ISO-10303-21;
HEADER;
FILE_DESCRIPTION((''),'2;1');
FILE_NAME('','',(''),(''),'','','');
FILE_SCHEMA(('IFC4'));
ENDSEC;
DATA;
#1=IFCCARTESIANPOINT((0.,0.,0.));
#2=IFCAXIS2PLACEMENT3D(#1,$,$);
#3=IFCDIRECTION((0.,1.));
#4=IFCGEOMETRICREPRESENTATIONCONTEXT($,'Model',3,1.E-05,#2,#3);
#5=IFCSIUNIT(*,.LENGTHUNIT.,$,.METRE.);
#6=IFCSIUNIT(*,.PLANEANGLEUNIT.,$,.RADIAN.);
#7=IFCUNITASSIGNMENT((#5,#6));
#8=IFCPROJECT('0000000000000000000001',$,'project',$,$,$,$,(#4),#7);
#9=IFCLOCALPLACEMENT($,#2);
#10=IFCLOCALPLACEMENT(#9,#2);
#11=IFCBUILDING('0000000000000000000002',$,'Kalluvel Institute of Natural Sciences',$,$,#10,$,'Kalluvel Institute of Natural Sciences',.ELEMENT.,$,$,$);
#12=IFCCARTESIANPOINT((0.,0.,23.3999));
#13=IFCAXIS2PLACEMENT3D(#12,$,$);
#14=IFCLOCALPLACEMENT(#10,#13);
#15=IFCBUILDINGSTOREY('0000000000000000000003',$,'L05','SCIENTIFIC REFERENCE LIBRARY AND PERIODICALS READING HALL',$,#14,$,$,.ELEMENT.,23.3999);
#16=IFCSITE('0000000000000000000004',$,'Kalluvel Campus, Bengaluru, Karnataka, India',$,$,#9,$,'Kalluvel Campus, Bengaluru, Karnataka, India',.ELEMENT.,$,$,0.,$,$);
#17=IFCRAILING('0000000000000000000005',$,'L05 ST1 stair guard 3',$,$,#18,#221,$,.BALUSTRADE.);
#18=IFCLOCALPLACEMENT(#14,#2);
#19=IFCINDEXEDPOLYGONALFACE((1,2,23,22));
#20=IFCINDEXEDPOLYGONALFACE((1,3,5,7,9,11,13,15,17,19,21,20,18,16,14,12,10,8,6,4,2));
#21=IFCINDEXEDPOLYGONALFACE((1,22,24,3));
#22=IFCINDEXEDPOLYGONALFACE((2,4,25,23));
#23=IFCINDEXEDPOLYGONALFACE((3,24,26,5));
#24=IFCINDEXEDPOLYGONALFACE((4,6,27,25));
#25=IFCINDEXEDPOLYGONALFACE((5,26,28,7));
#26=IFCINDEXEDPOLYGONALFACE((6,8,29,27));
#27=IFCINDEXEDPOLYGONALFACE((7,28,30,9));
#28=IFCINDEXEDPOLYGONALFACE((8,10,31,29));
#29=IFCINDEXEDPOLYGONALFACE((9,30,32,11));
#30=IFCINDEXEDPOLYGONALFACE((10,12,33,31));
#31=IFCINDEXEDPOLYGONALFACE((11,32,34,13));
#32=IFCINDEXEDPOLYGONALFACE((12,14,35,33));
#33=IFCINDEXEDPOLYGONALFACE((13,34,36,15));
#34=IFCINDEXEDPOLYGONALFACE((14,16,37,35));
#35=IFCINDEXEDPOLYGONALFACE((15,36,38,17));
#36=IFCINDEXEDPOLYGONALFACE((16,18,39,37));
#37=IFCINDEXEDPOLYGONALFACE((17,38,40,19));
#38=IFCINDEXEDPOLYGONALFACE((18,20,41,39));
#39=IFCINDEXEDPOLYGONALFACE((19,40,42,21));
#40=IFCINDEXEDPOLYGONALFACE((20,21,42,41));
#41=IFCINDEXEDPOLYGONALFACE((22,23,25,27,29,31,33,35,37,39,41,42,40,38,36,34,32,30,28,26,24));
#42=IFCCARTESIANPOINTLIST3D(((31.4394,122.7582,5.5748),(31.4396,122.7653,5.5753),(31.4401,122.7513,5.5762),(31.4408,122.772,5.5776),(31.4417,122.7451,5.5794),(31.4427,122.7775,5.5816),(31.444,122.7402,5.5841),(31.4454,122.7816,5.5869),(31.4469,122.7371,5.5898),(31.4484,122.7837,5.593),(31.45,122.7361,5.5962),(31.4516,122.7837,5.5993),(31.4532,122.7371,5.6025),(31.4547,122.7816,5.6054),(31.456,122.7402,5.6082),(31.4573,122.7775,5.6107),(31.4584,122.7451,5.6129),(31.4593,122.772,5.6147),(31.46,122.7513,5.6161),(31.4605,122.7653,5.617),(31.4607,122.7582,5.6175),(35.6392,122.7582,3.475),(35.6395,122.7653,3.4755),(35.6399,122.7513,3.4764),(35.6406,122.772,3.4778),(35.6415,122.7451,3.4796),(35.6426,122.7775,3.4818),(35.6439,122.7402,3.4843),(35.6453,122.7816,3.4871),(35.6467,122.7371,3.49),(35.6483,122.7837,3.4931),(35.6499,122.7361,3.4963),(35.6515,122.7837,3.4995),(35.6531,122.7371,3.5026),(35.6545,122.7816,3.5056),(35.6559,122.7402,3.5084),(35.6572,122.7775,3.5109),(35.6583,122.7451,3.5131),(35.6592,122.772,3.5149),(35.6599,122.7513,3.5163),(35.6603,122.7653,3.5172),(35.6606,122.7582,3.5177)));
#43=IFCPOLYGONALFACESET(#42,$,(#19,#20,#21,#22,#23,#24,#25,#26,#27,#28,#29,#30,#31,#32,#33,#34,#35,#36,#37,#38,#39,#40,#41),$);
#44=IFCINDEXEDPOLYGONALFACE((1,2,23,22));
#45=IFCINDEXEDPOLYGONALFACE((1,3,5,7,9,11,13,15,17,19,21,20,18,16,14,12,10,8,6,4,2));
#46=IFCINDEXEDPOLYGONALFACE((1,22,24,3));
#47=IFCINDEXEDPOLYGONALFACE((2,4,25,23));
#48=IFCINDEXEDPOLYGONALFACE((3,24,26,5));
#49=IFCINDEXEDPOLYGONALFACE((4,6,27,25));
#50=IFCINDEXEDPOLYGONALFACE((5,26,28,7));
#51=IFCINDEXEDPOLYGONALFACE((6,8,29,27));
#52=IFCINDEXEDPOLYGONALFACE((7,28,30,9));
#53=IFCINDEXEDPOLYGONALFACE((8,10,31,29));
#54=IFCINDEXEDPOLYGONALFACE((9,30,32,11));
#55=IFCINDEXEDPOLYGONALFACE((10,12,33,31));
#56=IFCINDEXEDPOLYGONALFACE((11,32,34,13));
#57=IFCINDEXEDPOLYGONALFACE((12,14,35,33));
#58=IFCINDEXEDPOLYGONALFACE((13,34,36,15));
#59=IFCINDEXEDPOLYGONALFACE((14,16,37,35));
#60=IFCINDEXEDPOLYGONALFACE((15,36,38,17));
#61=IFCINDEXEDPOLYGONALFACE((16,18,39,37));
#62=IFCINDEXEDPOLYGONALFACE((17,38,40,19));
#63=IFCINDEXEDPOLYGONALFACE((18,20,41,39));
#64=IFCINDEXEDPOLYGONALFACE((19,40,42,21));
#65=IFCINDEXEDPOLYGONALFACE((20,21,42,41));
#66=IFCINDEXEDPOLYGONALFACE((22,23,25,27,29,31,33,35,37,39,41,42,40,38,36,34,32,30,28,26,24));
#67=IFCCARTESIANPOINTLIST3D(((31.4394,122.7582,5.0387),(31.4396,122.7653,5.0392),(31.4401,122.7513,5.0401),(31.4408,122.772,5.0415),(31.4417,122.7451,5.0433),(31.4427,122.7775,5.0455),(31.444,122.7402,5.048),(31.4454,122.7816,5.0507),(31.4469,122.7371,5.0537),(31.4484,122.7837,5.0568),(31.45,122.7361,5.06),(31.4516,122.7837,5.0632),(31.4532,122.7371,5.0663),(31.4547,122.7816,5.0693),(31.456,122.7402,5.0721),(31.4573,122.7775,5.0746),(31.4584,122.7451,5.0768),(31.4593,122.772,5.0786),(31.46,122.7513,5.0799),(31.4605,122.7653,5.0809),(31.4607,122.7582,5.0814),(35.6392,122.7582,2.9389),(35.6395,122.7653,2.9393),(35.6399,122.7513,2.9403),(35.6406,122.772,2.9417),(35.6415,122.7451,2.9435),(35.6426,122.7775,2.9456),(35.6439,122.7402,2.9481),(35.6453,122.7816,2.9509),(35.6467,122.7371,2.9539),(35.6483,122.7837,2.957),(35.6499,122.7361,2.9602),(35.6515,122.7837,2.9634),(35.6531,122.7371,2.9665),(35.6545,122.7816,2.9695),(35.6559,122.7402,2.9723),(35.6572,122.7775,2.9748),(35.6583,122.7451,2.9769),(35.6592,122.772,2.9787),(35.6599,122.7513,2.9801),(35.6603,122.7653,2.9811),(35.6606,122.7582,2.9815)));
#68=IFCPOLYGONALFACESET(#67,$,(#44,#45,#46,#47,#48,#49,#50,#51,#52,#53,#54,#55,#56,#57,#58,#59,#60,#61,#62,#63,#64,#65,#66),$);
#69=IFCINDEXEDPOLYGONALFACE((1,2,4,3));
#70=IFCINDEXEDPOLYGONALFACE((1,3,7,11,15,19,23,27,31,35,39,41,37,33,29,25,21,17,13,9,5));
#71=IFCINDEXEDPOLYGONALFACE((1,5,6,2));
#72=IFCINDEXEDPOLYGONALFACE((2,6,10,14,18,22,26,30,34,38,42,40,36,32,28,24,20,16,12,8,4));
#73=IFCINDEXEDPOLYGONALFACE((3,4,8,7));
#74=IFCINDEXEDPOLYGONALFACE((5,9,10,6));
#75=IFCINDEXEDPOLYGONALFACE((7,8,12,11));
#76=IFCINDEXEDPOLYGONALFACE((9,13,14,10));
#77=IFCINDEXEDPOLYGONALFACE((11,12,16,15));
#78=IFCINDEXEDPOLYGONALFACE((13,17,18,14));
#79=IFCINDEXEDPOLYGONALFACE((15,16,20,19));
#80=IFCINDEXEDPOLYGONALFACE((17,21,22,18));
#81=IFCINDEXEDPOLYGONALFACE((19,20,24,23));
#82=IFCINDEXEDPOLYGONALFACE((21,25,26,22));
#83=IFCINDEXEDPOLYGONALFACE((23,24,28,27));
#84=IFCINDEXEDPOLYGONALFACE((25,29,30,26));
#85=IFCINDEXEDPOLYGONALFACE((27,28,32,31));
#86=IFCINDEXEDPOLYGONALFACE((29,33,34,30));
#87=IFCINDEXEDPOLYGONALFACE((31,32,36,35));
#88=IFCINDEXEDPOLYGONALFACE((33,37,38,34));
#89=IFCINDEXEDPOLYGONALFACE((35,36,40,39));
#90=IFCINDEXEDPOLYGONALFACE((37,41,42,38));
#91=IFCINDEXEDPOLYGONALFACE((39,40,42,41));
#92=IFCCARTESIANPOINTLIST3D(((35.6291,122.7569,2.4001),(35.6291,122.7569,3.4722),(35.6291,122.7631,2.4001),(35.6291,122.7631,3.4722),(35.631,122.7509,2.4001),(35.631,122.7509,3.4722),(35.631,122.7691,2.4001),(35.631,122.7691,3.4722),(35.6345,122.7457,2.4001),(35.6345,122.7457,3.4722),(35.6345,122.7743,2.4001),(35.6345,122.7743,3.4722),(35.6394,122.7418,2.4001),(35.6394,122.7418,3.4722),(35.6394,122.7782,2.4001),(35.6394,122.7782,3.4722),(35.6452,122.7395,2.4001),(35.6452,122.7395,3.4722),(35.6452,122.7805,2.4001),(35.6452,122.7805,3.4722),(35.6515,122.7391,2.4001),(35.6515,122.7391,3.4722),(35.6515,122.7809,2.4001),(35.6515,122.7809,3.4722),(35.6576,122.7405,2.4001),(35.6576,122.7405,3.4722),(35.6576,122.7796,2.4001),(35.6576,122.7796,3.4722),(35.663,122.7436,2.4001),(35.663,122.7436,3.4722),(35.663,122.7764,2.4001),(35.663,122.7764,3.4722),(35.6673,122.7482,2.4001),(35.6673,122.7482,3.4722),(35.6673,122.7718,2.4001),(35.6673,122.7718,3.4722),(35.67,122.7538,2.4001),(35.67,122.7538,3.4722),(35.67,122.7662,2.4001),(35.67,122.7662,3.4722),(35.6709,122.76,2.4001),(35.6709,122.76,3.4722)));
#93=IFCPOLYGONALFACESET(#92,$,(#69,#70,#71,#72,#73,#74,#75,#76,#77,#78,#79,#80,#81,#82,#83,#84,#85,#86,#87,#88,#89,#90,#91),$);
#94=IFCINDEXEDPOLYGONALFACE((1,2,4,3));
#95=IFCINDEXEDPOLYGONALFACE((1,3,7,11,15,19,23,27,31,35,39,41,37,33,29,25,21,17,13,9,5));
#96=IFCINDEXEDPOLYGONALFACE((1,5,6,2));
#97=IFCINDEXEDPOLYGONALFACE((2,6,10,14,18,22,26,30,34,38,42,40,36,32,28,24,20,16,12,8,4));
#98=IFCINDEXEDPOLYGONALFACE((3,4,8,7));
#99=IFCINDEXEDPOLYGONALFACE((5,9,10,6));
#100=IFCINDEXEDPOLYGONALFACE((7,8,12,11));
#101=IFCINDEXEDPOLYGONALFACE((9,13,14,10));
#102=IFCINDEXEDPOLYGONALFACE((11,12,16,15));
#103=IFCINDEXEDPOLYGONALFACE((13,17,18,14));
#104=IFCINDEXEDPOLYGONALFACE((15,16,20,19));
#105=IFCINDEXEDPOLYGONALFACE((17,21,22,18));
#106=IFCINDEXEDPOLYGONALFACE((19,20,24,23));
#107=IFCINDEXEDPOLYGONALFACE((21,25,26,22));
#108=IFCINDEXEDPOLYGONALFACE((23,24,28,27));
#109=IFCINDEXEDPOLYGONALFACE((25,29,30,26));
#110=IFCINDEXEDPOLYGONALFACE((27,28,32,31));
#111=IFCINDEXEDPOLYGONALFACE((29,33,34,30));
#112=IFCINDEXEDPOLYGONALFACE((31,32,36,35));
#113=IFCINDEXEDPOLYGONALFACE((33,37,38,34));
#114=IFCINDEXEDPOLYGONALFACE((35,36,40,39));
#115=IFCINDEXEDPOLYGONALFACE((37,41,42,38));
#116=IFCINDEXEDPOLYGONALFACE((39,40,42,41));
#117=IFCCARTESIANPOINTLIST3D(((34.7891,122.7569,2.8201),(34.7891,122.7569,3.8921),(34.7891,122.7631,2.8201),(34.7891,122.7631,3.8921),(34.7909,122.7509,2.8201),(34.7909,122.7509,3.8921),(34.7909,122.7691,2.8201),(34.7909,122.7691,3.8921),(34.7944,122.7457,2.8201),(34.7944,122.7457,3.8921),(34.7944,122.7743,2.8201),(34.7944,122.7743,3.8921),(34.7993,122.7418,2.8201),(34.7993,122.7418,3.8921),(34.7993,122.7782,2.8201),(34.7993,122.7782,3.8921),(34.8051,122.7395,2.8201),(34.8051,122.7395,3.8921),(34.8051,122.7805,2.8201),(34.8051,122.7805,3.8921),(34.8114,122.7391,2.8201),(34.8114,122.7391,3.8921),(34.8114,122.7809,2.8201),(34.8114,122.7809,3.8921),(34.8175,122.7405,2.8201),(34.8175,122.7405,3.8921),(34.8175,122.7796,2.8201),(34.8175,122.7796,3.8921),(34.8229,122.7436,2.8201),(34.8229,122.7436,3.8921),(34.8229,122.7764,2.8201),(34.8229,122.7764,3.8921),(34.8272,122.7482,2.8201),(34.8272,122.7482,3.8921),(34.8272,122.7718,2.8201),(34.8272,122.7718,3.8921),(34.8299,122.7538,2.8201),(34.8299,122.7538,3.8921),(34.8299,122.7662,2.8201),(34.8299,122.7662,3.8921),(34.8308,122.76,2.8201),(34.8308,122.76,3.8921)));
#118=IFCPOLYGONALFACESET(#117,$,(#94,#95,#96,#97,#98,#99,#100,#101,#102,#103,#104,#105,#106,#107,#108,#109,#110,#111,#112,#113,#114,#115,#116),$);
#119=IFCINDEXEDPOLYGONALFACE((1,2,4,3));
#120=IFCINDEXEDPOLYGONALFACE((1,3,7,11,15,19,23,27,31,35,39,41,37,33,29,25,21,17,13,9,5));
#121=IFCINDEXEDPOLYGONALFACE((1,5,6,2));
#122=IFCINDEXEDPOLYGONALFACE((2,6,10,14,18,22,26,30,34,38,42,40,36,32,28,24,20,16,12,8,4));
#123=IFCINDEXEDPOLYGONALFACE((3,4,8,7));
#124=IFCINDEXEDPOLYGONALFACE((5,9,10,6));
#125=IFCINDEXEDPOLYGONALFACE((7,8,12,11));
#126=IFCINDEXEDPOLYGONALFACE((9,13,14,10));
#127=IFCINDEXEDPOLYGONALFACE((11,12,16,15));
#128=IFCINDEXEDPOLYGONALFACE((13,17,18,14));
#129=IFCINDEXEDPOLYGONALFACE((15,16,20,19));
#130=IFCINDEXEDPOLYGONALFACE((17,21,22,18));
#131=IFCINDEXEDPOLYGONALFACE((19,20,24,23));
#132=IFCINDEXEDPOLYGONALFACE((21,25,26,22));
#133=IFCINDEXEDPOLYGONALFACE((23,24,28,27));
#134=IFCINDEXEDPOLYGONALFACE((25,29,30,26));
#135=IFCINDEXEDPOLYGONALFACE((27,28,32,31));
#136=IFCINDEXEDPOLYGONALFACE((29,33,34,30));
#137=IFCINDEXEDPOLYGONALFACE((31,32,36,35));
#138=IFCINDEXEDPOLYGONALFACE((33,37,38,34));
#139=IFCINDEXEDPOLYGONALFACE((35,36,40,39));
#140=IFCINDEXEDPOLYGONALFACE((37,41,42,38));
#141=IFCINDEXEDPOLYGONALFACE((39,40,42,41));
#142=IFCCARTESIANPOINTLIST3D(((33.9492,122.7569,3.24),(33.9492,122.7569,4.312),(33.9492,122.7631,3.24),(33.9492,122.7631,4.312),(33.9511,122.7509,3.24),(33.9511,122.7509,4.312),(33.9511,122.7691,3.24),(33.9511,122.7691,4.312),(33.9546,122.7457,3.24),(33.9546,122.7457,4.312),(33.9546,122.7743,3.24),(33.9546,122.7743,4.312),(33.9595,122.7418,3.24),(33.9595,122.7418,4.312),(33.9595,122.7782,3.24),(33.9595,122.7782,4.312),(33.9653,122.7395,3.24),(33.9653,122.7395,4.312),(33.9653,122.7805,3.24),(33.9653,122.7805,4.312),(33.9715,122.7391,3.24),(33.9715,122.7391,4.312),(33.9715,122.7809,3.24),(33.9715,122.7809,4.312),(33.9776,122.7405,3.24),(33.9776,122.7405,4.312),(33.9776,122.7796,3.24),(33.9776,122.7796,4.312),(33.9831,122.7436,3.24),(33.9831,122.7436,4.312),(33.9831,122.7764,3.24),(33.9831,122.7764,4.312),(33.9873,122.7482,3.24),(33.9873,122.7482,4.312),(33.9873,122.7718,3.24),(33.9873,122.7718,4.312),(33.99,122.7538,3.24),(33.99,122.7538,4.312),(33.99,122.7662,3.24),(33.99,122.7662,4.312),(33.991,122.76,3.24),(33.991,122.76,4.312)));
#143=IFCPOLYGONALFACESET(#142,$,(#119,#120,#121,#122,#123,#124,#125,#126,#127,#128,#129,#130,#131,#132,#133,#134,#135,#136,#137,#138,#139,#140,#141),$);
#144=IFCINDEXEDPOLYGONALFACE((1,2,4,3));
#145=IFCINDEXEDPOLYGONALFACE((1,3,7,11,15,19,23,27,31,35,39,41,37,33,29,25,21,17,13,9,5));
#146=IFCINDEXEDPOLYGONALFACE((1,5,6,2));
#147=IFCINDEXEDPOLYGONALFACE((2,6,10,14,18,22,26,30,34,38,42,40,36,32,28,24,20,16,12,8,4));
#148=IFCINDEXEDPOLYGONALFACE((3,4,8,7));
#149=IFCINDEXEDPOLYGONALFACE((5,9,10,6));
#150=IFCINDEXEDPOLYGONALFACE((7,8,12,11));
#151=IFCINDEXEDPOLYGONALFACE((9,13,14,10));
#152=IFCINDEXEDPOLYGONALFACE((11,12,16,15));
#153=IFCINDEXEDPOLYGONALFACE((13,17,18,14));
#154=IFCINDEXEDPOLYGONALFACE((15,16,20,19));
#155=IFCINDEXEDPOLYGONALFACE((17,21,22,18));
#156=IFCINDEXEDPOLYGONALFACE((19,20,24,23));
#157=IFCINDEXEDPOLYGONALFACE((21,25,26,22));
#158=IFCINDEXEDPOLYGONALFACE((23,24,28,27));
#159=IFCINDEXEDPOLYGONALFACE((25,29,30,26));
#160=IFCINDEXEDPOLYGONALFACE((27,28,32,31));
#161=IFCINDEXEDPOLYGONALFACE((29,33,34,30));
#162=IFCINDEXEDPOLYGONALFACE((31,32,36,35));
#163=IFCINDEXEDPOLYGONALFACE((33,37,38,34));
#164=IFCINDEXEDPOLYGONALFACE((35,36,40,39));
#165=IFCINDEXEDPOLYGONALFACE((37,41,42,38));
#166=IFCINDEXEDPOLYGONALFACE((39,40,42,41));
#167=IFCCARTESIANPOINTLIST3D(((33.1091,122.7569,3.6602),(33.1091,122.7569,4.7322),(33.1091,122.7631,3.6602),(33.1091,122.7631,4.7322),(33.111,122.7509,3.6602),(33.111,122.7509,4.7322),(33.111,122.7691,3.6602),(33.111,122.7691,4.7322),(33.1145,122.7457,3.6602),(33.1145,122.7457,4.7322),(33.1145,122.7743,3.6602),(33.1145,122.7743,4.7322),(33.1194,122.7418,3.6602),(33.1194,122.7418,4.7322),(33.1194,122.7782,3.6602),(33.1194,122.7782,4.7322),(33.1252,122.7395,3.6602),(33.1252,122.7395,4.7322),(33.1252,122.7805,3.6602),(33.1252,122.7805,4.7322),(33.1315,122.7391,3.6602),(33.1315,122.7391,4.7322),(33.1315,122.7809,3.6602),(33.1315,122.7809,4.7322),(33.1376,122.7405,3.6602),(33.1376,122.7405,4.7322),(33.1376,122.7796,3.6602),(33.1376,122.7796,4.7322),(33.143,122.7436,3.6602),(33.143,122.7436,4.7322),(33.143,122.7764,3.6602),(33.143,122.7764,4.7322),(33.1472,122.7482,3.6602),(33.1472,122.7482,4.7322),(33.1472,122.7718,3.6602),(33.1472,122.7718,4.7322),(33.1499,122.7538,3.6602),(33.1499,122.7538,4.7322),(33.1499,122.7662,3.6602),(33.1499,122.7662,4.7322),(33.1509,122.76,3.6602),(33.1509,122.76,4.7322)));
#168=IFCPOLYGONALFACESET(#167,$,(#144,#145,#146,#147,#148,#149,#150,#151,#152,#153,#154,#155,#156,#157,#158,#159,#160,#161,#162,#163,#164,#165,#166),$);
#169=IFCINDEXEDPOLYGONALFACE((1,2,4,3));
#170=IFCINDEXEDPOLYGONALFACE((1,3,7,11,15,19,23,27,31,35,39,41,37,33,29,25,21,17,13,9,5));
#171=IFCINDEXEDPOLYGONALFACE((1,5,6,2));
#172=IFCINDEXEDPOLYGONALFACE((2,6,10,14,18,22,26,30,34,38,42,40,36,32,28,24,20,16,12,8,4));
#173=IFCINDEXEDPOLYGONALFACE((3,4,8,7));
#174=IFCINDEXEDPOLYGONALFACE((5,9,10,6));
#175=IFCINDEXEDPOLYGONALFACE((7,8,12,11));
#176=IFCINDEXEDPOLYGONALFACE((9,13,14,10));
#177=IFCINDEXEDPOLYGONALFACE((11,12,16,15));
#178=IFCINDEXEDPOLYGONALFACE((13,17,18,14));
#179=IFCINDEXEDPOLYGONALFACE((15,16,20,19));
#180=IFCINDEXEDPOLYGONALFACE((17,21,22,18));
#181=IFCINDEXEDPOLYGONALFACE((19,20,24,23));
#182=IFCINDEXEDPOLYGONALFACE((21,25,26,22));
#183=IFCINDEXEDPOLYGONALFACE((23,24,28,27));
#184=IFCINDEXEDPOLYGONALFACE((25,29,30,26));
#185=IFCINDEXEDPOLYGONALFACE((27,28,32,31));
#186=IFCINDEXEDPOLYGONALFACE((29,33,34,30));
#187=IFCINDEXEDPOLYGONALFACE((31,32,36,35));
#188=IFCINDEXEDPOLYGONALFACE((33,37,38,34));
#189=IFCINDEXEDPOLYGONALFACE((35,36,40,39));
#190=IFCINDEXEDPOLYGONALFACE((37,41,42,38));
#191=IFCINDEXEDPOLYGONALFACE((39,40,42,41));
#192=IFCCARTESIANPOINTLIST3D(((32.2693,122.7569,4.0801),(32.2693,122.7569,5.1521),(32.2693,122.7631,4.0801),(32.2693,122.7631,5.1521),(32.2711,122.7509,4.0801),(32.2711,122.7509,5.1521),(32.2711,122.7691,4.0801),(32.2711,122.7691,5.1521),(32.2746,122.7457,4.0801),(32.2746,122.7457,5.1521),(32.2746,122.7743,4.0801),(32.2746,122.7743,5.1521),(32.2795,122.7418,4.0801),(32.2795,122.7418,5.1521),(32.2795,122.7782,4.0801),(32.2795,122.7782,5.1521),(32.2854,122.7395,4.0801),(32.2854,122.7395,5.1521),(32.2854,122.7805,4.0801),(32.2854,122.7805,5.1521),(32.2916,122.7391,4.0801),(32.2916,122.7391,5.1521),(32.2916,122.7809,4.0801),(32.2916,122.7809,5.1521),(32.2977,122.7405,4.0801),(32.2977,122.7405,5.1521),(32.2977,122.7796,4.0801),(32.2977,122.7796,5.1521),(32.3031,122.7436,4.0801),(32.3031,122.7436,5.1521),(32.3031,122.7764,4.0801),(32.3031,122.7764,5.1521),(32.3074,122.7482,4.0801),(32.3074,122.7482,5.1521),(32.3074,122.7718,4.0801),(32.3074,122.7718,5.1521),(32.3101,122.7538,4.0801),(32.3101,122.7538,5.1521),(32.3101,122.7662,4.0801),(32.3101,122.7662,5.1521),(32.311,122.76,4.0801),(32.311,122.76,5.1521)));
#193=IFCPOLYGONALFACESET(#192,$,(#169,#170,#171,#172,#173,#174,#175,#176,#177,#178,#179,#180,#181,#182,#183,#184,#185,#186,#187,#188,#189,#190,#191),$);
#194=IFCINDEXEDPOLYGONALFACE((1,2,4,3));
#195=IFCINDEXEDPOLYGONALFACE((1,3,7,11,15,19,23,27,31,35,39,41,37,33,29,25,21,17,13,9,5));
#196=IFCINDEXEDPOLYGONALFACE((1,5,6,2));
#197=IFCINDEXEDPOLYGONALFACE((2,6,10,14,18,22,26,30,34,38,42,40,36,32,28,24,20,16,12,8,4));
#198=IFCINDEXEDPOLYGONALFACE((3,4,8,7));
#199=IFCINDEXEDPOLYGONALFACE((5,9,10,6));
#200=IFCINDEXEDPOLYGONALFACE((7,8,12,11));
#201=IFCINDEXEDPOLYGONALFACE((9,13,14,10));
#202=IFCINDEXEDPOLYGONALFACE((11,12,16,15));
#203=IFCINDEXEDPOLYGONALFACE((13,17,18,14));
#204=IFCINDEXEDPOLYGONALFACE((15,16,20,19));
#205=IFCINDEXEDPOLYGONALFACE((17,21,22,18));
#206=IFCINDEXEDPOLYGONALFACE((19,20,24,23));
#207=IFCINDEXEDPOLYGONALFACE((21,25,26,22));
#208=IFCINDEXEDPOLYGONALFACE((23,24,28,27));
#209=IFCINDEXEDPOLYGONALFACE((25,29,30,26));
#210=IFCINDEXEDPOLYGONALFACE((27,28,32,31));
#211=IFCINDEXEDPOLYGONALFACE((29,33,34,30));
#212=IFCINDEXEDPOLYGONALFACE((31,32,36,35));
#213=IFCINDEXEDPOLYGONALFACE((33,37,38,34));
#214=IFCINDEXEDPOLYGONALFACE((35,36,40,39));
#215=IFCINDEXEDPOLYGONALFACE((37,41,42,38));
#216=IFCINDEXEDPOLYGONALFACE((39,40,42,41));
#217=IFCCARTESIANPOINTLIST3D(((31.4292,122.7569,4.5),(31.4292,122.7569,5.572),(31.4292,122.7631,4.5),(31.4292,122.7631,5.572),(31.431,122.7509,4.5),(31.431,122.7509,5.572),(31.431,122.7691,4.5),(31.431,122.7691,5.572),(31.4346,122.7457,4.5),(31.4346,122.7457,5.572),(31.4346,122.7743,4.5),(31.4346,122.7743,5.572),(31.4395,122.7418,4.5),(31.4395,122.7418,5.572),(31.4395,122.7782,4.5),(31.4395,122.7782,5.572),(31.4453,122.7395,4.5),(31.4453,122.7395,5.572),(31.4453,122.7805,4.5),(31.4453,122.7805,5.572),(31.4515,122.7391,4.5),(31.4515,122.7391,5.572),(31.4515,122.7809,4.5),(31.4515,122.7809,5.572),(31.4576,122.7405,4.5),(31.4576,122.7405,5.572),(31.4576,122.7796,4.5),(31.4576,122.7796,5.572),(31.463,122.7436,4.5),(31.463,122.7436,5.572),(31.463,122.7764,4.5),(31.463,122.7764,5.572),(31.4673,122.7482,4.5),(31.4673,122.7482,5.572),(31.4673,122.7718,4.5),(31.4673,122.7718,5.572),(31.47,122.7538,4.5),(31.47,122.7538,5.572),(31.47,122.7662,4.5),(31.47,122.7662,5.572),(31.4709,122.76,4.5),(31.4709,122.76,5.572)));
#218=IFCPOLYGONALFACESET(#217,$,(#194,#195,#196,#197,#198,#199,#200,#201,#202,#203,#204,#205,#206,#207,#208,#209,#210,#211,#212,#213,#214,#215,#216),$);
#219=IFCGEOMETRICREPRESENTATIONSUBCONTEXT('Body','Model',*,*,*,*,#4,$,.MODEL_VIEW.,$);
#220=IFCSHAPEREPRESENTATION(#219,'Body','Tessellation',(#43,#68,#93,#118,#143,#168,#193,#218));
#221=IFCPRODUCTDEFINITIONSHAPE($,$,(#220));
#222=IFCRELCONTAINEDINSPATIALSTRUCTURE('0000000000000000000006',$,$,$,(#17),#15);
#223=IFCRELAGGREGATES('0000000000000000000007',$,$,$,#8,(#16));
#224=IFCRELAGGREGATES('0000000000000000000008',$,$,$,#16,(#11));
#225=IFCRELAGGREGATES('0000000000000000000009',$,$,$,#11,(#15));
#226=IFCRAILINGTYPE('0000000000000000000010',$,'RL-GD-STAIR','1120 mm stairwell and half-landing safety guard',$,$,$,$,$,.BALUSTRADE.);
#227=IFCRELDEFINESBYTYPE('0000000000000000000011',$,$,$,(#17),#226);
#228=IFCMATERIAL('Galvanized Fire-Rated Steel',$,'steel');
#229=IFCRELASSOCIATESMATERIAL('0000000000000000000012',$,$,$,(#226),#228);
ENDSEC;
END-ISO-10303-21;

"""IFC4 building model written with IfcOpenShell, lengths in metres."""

from ifc_helpers import new_model, si_unit, direction, frame, origin, origin_2d, place, context, subcontext, project, spatial, circle, extrude, material, type_object, element, save


model = new_model("IFC4")

# Units and contexts
model_context = context("Model", 3, precision=1e-05, world=origin(), true_north=direction((0.0, 1.0)))
body_context = subcontext(model_context, "Body", "Model", "MODEL_VIEW")
ifc_project = project(units=[si_unit("LENGTHUNIT", "METRE"), si_unit("PLANEANGLEUNIT", "RADIAN")], contexts=[model_context])

# Site, building, storey
site_placement = place(None, origin())
site = spatial("IfcSite", under=ifc_project, at=site_placement, Name="Kalluvel Campus, Bengaluru, Karnataka, India", LongName="Kalluvel Campus, Bengaluru, Karnataka, India", CompositionType="ELEMENT", RefElevation=0.0)
building_placement = place(site_placement, origin())
building = spatial("IfcBuilding", under=site, at=building_placement, Name="Kalluvel Institute of Natural Sciences", LongName="Kalluvel Institute of Natural Sciences", CompositionType="ELEMENT")
storey_placement = place(building_placement, frame((0.0, 0.0, 23.3999)))
storey = spatial("IfcBuildingStorey", under=building, at=storey_placement, Name="L05", Description="SCIENTIFIC REFERENCE LIBRARY AND PERIODICALS READING HALL", CompositionType="ELEMENT", Elevation=23.3999)

# Railing
ifc_material_1 = material(Name="Galvanized Fire-Rated Steel", Category="steel")
railing_type_1 = type_object("IfcRailingType", Name="RL-GD-STAIR", Description="1120 mm stairwell and half-landing safety guard", PredefinedType="BALUSTRADE", material=ifc_material_1)
railing_1_placement = place(storey_placement, frame((35.6499, 122.76, 2.4001)))
element("IfcRailing", 1, at=railing_1_placement, inside=storey, type_object=railing_type_1, Name="L05 ST1 stair guard 3", PredefinedType="BALUSTRADE", context=body_context, shape_type="SweptSolid", body=[
    extrude(circle(Radius=0.0239, at=origin_2d()), frame((0.0, 0.0, 1.0962), z_axis=(-0.894438, 0.0, 0.447193), x_axis=(0.0, -1.0, 0.0)), (0.0, 0.0, 1.0), 4.6956),
    extrude(circle(Radius=0.0239, at=origin_2d()), frame((0.0, 0.0, 0.5601), z_axis=(-0.894438, 0.0, 0.447193), x_axis=(0.0, -1.0, 0.0)), (0.0, 0.0, 1.0), 4.6956),
    extrude(circle(Radius=0.021, at=origin_2d()), origin(), (0.0, 0.0, 1.0), 1.072),
    extrude(circle(Radius=0.021, at=origin_2d()), frame((-0.8401, 0.0, 0.4199)), (0.0, 0.0, 1.0), 1.072),
    extrude(circle(Radius=0.021, at=origin_2d()), frame((-1.6799, 0.0, 0.8398)), (0.0, 0.0, 1.0), 1.072),
    extrude(circle(Radius=0.021, at=origin_2d()), frame((-2.52, 0.0, 1.26)), (0.0, 0.0, 1.0), 1.072),
    extrude(circle(Radius=0.021, at=origin_2d()), frame((-3.3599, 0.0, 1.6799)), (0.0, 0.0, 1.0), 1.072),
    extrude(circle(Radius=0.021, at=origin_2d()), frame((-4.2, 0.0, 2.0999)), (0.0, 0.0, 1.0), 1.072),
])

save(model, "model.ifc")
